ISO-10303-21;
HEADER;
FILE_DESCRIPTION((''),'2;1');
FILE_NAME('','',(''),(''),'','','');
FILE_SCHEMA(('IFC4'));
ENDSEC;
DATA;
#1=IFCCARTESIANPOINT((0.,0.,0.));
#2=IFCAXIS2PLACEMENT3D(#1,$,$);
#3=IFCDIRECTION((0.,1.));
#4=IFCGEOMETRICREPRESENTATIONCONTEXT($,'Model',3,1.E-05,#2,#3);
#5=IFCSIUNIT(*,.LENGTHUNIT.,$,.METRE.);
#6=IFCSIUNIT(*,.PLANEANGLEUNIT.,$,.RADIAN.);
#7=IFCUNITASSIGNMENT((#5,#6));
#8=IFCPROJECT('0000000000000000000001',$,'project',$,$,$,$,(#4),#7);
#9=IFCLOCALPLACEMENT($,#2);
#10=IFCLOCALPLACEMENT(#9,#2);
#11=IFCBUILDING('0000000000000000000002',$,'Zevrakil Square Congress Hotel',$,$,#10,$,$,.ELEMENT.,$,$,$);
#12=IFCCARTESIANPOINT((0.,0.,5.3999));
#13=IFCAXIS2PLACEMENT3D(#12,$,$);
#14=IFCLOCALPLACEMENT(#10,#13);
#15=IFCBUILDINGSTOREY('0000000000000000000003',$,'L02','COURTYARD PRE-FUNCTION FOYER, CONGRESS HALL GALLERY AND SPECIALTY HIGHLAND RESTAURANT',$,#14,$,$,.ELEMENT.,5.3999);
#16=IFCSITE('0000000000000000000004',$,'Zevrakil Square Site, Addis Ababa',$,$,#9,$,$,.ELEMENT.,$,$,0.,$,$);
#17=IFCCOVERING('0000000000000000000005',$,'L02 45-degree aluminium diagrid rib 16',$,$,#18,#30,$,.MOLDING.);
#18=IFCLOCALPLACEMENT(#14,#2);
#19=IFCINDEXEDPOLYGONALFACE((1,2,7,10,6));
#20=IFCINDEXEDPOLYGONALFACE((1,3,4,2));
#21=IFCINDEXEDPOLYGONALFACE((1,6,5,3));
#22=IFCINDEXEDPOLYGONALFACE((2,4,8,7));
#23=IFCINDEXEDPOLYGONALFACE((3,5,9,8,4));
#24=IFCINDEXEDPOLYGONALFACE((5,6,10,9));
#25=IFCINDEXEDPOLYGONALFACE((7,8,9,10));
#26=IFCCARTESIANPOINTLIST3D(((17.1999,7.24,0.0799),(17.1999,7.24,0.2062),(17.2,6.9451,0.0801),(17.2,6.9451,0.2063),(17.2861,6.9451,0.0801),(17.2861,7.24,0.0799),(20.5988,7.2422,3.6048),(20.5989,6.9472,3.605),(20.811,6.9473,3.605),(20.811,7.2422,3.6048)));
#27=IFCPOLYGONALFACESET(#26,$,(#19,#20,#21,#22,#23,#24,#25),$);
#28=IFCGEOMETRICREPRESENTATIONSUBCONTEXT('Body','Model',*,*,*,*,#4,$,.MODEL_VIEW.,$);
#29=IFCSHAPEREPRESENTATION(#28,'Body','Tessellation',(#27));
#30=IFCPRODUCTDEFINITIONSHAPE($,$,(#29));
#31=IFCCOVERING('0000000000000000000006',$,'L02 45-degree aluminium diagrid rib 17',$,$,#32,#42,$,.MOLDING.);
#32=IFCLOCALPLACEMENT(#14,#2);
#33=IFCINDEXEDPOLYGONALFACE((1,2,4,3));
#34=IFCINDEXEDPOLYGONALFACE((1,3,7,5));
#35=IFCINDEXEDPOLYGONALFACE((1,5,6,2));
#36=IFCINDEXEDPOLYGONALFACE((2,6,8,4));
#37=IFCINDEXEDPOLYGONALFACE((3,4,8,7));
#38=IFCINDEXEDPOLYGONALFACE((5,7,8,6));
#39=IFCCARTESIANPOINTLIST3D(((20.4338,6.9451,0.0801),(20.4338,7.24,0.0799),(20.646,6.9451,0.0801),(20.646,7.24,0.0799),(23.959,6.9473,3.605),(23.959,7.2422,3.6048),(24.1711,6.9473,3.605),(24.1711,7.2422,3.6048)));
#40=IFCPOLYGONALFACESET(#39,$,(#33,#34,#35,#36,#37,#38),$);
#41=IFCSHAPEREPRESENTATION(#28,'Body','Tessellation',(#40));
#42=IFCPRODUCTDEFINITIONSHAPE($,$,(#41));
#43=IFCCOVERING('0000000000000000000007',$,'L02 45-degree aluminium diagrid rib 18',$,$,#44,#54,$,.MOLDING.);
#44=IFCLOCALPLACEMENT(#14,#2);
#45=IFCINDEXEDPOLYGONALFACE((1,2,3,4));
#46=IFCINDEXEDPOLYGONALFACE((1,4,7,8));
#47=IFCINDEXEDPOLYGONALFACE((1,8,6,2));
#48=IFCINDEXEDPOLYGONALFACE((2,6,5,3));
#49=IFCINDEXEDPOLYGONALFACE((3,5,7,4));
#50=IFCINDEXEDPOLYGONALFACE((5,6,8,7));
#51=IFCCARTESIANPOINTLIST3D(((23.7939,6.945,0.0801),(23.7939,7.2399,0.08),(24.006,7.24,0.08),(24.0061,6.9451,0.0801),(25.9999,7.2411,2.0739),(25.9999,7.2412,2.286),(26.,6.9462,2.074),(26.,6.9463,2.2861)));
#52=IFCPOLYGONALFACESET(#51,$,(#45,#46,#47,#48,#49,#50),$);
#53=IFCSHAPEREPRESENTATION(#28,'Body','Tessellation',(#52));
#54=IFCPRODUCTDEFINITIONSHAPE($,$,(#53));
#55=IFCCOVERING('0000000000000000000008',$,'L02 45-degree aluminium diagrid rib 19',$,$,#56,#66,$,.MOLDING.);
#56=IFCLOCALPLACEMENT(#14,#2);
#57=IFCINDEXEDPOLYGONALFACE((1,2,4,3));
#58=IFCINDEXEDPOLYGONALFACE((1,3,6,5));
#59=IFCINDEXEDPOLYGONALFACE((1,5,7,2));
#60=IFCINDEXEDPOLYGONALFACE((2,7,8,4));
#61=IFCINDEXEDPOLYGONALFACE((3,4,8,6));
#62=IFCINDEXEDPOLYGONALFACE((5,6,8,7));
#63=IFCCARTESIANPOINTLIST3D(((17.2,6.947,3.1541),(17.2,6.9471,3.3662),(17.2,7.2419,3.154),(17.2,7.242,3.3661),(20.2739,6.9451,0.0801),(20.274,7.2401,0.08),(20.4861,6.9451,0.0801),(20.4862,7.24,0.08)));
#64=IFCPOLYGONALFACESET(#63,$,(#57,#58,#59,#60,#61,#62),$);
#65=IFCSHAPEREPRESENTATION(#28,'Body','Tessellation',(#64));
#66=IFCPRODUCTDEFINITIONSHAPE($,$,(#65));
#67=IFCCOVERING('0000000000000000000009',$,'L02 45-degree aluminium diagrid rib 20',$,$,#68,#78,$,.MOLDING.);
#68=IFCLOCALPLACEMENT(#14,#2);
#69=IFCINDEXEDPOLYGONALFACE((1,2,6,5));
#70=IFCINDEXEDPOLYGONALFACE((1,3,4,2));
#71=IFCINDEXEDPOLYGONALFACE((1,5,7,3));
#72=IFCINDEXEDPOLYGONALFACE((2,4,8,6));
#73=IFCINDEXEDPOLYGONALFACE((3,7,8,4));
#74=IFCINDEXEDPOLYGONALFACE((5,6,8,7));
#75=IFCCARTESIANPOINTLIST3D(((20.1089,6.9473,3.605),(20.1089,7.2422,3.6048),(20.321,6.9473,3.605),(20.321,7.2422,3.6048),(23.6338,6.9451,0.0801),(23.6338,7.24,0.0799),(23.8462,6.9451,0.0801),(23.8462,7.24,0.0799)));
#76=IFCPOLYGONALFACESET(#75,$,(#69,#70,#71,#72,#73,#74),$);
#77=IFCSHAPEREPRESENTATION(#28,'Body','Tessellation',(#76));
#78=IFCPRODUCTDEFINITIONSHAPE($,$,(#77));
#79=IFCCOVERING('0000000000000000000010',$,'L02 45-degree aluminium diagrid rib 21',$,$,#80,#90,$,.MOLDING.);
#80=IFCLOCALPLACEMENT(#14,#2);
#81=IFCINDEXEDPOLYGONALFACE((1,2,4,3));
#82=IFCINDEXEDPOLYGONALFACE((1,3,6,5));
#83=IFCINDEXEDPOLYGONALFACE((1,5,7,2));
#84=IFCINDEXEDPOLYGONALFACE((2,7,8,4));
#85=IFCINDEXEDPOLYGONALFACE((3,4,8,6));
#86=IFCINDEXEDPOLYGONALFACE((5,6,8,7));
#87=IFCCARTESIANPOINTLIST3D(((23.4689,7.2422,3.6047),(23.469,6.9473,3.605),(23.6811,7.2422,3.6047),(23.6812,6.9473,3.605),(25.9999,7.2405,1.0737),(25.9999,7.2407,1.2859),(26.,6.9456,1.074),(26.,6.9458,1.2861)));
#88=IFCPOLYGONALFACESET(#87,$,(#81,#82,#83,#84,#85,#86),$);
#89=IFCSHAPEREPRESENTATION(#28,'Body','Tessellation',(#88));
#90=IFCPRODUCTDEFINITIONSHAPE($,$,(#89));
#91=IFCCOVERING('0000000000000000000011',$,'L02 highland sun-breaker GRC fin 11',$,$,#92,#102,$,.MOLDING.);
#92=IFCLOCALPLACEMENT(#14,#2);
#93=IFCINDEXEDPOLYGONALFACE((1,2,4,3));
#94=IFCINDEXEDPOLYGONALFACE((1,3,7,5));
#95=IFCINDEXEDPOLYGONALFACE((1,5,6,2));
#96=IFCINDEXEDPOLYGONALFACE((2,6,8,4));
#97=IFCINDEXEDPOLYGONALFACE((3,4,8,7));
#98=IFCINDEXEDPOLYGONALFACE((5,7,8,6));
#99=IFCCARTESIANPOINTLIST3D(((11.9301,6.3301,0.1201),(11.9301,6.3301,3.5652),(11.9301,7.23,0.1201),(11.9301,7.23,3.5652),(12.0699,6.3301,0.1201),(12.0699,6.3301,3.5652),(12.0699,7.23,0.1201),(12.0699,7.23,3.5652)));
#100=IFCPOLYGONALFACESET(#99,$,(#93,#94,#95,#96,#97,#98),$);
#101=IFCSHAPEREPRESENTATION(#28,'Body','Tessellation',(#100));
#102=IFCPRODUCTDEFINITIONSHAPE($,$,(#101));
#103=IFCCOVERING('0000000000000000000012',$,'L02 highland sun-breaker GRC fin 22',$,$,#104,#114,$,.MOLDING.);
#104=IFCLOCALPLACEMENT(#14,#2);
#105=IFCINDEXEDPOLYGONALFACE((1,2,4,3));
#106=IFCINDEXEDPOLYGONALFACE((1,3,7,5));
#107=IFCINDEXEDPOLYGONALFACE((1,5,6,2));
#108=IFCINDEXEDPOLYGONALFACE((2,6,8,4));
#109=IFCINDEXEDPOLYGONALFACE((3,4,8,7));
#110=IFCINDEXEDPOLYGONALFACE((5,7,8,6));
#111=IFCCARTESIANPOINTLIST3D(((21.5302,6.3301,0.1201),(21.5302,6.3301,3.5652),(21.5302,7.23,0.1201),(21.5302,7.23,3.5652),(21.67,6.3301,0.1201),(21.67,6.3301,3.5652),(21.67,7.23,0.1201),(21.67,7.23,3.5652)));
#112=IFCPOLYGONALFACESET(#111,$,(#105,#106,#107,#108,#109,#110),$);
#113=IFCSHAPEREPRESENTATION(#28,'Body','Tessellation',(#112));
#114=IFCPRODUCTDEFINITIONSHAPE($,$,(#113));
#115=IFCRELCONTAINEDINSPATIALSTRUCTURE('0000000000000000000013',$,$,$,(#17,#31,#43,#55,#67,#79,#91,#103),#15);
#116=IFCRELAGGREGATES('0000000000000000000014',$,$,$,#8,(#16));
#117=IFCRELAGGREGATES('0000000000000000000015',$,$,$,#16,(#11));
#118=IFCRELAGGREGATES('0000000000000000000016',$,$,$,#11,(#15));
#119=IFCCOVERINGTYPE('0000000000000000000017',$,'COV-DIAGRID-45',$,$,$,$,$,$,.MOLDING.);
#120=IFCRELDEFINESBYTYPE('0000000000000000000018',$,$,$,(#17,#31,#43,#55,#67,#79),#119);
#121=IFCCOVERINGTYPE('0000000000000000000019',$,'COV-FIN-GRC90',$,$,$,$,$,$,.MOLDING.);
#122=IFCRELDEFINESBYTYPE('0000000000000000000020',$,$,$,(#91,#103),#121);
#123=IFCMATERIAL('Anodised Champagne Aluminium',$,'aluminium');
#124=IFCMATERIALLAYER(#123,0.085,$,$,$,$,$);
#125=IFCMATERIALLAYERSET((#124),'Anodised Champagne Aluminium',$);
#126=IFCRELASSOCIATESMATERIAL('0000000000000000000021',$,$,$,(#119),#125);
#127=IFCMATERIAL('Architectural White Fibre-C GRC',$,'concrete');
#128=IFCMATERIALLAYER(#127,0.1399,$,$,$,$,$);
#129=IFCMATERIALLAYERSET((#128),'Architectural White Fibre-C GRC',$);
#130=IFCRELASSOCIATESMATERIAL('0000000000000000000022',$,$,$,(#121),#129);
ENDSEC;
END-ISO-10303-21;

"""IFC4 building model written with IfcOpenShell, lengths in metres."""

from ifc_helpers import new_model, si_unit, direction, frame, origin, origin_2d, place, context, subcontext, project, spatial, polyline, rectangle, outline, extrude, material, layer, layer_set, type_object, element, save


model = new_model("IFC4")

# Units and contexts
model_context = context("Model", 3, precision=1e-05, world=origin(), true_north=direction((0.0, 1.0)))
body_context = subcontext(model_context, "Body", "Model", "MODEL_VIEW")
ifc_project = project(units=[si_unit("LENGTHUNIT", "METRE"), si_unit("PLANEANGLEUNIT", "RADIAN")], contexts=[model_context])

# Site, building, storey
site_placement = place(None, origin())
site = spatial("IfcSite", under=ifc_project, at=site_placement, Name="Zevrakil Square Site, Addis Ababa", CompositionType="ELEMENT", RefElevation=0.0)
building_placement = place(site_placement, origin())
building = spatial("IfcBuilding", under=site, at=building_placement, Name="Zevrakil Square Congress Hotel", CompositionType="ELEMENT")
storey_placement = place(building_placement, frame((0.0, 0.0, 5.3999)))
storey = spatial("IfcBuildingStorey", under=building, at=storey_placement, Name="L02", Description="COURTYARD PRE-FUNCTION FOYER, CONGRESS HALL GALLERY AND SPECIALTY HIGHLAND RESTAURANT", CompositionType="ELEMENT", Elevation=5.3999)

# Coverings
ifc_material_1 = material(Name="Anodised Champagne Aluminium", Category="aluminium")
ifc_layer_1 = layer(ifc_material_1, 0.085)
ifc_layer_set_1 = layer_set([ifc_layer_1], Name="Anodised Champagne Aluminium")
covering_type_1 = type_object("IfcCoveringType", Name="COV-DIAGRID-45", PredefinedType="MOLDING", material=ifc_layer_set_1)
covering_1_placement = place(storey_placement, frame((17.2861, 6.9451, 0.0801), z_axis=(0.000187, -1.0, 0.000443), x_axis=(-1.0, -0.000187, 0.0)))
element("IfcCovering", 1, at=covering_1_placement, inside=storey, type_object=covering_type_1, Name="L02 45-degree aluminium diagrid rib 16", PredefinedType="MOLDING", context=body_context, shape_type="SweptSolid", body=[
    extrude(outline(polyline([(0.0, 0.0), (0.0862, 0.0), (0.0862, -0.1262), (-3.3127, -3.5249), (-3.5249, -3.5249), (0.0, 0.0)])), origin(), (0.0, 0.0, -1.0), 0.2949),
])
covering_2_placement = place(storey_placement, frame((20.646, 6.9451, 0.0801), z_axis=(0.0, -1.0, 0.000623), x_axis=(-1.0, 0.0, 0.0)))
element("IfcCovering", 2, at=covering_2_placement, inside=storey, type_object=covering_type_1, Name="L02 45-degree aluminium diagrid rib 17", PredefinedType="MOLDING", context=body_context, shape_type="SweptSolid", body=[
    extrude(outline(polyline([(0.0, 0.0), (0.2122, 0.0), (-3.313, -3.5249), (-3.5251, -3.5249), (0.0, 0.0)])), origin(), (0.0, 0.0, -1.0), 0.2949),
])
covering_3_placement = place(storey_placement, frame((24.0061, 6.9451, 0.0801), z_axis=(0.000291, -1.0, 0.000291), x_axis=(-1.0, -0.000291, 0.0)))
element("IfcCovering", 3, at=covering_3_placement, inside=storey, type_object=covering_type_1, Name="L02 45-degree aluminium diagrid rib 18", PredefinedType="MOLDING", context=body_context, shape_type="SweptSolid", body=[
    extrude(outline(polyline([(0.0, 0.0), (0.2122, 0.0), (-1.9939, -2.2061), (-1.9939, -1.9939), (0.0, 0.0)])), origin(), (0.0, 0.0, -1.0), 0.2949),
])
covering_4_placement = place(storey_placement, frame((17.2, 6.947, 3.1541), z_axis=(-0.000307, -1.0, 0.000307), x_axis=(0.0, 0.000307, 1.0)))
element("IfcCovering", 4, at=covering_4_placement, inside=storey, type_object=covering_type_1, Name="L02 45-degree aluminium diagrid rib 19", PredefinedType="MOLDING", context=body_context, shape_type="SweptSolid", body=[
    extrude(outline(polyline([(0.0, 0.0), (0.2122, 0.0), (-3.074, -3.2861), (-3.074, -3.074), (0.0, 0.0)])), origin(), (0.0, 0.0, -1.0), 0.2949),
])
covering_5_placement = place(storey_placement, frame((20.1089, 6.9473, 3.605), z_axis=(0.0, -1.0, 0.000623), x_axis=(1.0, 0.0, 0.0)))
element("IfcCovering", 5, at=covering_5_placement, inside=storey, type_object=covering_type_1, Name="L02 45-degree aluminium diagrid rib 20", PredefinedType="MOLDING", context=body_context, shape_type="SweptSolid", body=[
    extrude(outline(polyline([(0.0, 0.0), (0.2122, 0.0), (3.7373, -3.5249), (3.5249, -3.5249), (0.0, 0.0)])), origin(), (0.0, 0.0, -1.0), 0.2949),
])
covering_6_placement = place(storey_placement, frame((23.469, 6.9473, 3.605), z_axis=(0.000248, -1.0, 0.000903), x_axis=(1.0, 0.000248, 0.0)))
element("IfcCovering", 6, at=covering_6_placement, inside=storey, type_object=covering_type_1, Name="L02 45-degree aluminium diagrid rib 21", PredefinedType="MOLDING", context=body_context, shape_type="SweptSolid", body=[
    extrude(outline(polyline([(0.0, 0.0), (0.2122, 0.0), (2.531, -2.3188), (2.531, -2.531), (0.0, 0.0)])), origin(), (0.0, 0.0, -1.0), 0.2949),
])
ifc_material_2 = material(Name="Architectural White Fibre-C GRC", Category="concrete")
ifc_layer_2 = layer(ifc_material_2, 0.1399)
ifc_layer_set_2 = layer_set([ifc_layer_2], Name="Architectural White Fibre-C GRC")
covering_type_2 = type_object("IfcCoveringType", Name="COV-FIN-GRC90", PredefinedType="MOLDING", material=ifc_layer_set_2)
for number, where, z_axis, x_axis, name in (
    (7, (12.0, 6.78, 0.1201), (0.0, 0.0, 1.0), (0.0, -1.0, 0.0), "L02 highland sun-breaker GRC fin 11"),
    (8, (21.6001, 6.78, 0.1201), (0.0, 0.0, 1.0), (0.0, -1.0, 0.0), "L02 highland sun-breaker GRC fin 22"),
):
    element("IfcCovering", number, at=place(storey_placement, frame(where, z_axis=z_axis, x_axis=x_axis)), inside=storey, type_object=covering_type_2, Name=name, PredefinedType="MOLDING", context=body_context, shape_type="SweptSolid", body=[
        extrude(rectangle(XDim=0.8999, YDim=0.1399, at=origin_2d()), origin(), (0.0, 0.0, 1.0), 3.4451),
    ])

save(model, "model.ifc")
